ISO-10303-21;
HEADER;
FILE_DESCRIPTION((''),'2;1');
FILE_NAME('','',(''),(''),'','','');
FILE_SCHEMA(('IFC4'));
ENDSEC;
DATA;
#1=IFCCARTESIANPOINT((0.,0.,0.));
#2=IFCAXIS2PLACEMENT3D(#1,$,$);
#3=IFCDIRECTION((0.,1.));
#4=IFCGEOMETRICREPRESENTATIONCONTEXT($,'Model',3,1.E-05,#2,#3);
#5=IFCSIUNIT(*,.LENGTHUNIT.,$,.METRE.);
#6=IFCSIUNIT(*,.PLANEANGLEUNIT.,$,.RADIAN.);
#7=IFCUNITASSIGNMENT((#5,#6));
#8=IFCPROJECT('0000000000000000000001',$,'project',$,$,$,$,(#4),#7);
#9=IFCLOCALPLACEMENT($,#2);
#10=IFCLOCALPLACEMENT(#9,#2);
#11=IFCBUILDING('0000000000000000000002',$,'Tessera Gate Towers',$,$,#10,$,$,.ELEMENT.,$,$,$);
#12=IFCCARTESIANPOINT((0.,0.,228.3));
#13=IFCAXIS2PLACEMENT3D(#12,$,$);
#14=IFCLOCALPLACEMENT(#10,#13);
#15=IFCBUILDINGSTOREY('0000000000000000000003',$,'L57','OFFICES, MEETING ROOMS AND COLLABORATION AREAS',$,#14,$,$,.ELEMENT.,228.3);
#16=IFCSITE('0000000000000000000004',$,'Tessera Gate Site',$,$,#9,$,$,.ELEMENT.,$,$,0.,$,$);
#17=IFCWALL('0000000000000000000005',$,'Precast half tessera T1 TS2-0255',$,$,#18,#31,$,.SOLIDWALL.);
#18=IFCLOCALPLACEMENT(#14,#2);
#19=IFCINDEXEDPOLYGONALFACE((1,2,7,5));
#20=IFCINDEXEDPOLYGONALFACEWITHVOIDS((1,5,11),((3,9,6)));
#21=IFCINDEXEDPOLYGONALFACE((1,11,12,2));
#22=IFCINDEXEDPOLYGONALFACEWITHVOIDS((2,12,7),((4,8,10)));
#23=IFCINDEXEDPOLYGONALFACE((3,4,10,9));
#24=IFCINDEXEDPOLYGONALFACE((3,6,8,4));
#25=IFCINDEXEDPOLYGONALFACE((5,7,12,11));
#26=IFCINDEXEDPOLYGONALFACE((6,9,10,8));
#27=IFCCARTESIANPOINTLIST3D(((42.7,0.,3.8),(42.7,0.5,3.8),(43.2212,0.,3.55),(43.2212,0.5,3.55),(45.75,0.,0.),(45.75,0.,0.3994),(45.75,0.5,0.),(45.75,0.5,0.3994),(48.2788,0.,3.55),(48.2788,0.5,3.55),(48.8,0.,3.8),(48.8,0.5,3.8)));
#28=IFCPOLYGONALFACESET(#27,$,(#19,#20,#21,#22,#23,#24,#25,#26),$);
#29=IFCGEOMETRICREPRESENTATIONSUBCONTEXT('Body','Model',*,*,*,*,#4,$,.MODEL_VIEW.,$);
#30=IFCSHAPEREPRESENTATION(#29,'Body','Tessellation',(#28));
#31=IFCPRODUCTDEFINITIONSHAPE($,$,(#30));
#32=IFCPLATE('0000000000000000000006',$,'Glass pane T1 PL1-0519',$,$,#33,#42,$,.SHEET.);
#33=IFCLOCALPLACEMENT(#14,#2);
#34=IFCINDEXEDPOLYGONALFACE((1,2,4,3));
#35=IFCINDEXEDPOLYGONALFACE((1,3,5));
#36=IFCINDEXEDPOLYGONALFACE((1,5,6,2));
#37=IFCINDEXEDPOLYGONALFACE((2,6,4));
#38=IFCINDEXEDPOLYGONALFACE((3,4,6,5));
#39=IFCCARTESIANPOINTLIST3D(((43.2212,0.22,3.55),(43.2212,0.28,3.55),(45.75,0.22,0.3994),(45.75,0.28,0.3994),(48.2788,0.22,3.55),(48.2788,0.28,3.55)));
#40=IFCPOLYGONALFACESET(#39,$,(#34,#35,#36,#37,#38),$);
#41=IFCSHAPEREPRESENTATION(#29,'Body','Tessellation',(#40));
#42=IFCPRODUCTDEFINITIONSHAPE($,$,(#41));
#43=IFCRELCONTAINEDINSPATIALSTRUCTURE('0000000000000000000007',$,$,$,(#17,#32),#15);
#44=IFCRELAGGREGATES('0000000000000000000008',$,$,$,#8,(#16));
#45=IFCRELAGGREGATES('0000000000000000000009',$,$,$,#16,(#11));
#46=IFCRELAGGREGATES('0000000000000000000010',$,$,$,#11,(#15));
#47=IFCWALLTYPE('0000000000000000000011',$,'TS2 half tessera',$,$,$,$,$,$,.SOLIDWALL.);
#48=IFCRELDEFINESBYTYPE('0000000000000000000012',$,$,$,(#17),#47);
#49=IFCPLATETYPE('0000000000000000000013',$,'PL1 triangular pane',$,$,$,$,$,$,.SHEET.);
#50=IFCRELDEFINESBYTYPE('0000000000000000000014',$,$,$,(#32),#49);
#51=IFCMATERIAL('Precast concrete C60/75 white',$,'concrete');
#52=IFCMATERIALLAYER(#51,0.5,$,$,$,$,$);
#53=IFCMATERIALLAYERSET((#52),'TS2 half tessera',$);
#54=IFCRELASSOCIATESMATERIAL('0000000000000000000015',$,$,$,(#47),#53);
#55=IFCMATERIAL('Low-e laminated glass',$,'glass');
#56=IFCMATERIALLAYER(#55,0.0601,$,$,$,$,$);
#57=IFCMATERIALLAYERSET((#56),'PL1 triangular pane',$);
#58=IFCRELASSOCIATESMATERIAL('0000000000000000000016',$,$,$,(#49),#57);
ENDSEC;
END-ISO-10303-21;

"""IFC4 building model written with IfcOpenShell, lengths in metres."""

from ifc_helpers import new_model, si_unit, direction, frame, origin, place, context, subcontext, project, spatial, polyline, outline, extrude, source, transform, mapped, material, layer, layer_set, type_object, element, fill, save


model = new_model("IFC4")

# Units and contexts
model_context = context("Model", 3, precision=1e-05, world=origin(), true_north=direction((0.0, 1.0)))
body_context = subcontext(model_context, "Body", "Model", "MODEL_VIEW")
ifc_project = project(units=[si_unit("LENGTHUNIT", "METRE"), si_unit("PLANEANGLEUNIT", "RADIAN")], contexts=[model_context])

# Site, building, storey
site_placement = place(None, origin())
site = spatial("IfcSite", under=ifc_project, at=site_placement, Name="Tessera Gate Site", CompositionType="ELEMENT", RefElevation=0.0)
building_placement = place(site_placement, origin())
building = spatial("IfcBuilding", under=site, at=building_placement, Name="Tessera Gate Towers", CompositionType="ELEMENT")
storey_placement = place(building_placement, frame((0.0, 0.0, 228.3)))
storey = spatial("IfcBuildingStorey", under=building, at=storey_placement, Name="L57", Description="OFFICES, MEETING ROOMS AND COLLABORATION AREAS", CompositionType="ELEMENT", Elevation=228.3)

# Wall, opening, plate
ifc_material_1 = material(Name="Precast concrete C60/75 white", Category="concrete")
ifc_layer_1 = layer(ifc_material_1, 0.5)
ifc_layer_set_1 = layer_set([ifc_layer_1], Name="TS2 half tessera")
wall_type_1 = type_object("IfcWallType", Name="TS2 half tessera", PredefinedType="SOLIDWALL", material=ifc_layer_set_1)
shared_shape_1 = source(origin(), body_context, "Body", "SweptSolid", [
    extrude(outline(polyline([(3.05, 0.0), (6.1001, 3.8), (0.0, 3.8), (3.05, 0.0)])), frame((0.0, 0.25, 0.0), z_axis=(0.0, -1.0, 0.0), x_axis=(1.0, 0.0, 0.0)), (0.0, 0.0, 1.0), 0.5),
])
wall_1_placement = place(storey_placement, frame((42.7, 0.25, 0.0), z_axis=(0.0, 0.0, 1.0), x_axis=(1.0, 0.0, 0.0)))
wall_1 = element("IfcWall", 1, at=wall_1_placement, inside=storey, type_object=wall_type_1, Name="Precast half tessera T1 TS2-0255", PredefinedType="SOLIDWALL", context=body_context, shape_type="MappedRepresentation", body=[
    mapped(shared_shape_1, transform((0.0, 0.0, 0.0), scale=1.0)),
])
shared_shape_2 = source(origin(), body_context, "Body", "SweptSolid", [
    extrude(outline(polyline([(3.05, 0.3994), (5.5789, 3.55), (0.5212, 3.55), (3.05, 0.3994)])), frame((0.0, 0.26, 0.0), z_axis=(0.0, -1.0, 0.0), x_axis=(1.0, 0.0, 0.0)), (0.0, 0.0, 1.0), 0.52),
])
opening_1_placement = place(wall_1_placement, origin())
opening_1 = element("IfcOpeningElement", 2, at=opening_1_placement, cuts=wall_1, PredefinedType="OPENING", context=body_context, shape_type="MappedRepresentation", body=[
    mapped(shared_shape_2, transform((0.0, 0.0, 0.0), scale=1.0)),
])
ifc_material_2 = material(Name="Low-e laminated glass", Category="glass")
ifc_layer_2 = layer(ifc_material_2, 0.0601)
ifc_layer_set_2 = layer_set([ifc_layer_2], Name="PL1 triangular pane")
plate_type_1 = type_object("IfcPlateType", Name="PL1 triangular pane", PredefinedType="SHEET", material=ifc_layer_set_2)
shared_shape_3 = source(origin(), body_context, "Body", "SweptSolid", [
    extrude(outline(polyline([(3.05, 0.3994), (5.5789, 3.55), (0.5212, 3.55), (3.05, 0.3994)])), frame((0.0, 0.03, 0.0), z_axis=(0.0, -1.0, 0.0), x_axis=(1.0, 0.0, 0.0)), (0.0, 0.0, 1.0), 0.0601),
])
plate_1_placement = place(opening_1_placement, origin())
plate_1 = element("IfcPlate", 3, at=plate_1_placement, inside=storey, type_object=plate_type_1, Name="Glass pane T1 PL1-0519", PredefinedType="SHEET", context=body_context, shape_type="MappedRepresentation", body=[
    mapped(shared_shape_3, transform((0.0, 0.0, 0.0), scale=1.0)),
])
fill(opening_1, plate_1)

save(model, "model.ifc")
